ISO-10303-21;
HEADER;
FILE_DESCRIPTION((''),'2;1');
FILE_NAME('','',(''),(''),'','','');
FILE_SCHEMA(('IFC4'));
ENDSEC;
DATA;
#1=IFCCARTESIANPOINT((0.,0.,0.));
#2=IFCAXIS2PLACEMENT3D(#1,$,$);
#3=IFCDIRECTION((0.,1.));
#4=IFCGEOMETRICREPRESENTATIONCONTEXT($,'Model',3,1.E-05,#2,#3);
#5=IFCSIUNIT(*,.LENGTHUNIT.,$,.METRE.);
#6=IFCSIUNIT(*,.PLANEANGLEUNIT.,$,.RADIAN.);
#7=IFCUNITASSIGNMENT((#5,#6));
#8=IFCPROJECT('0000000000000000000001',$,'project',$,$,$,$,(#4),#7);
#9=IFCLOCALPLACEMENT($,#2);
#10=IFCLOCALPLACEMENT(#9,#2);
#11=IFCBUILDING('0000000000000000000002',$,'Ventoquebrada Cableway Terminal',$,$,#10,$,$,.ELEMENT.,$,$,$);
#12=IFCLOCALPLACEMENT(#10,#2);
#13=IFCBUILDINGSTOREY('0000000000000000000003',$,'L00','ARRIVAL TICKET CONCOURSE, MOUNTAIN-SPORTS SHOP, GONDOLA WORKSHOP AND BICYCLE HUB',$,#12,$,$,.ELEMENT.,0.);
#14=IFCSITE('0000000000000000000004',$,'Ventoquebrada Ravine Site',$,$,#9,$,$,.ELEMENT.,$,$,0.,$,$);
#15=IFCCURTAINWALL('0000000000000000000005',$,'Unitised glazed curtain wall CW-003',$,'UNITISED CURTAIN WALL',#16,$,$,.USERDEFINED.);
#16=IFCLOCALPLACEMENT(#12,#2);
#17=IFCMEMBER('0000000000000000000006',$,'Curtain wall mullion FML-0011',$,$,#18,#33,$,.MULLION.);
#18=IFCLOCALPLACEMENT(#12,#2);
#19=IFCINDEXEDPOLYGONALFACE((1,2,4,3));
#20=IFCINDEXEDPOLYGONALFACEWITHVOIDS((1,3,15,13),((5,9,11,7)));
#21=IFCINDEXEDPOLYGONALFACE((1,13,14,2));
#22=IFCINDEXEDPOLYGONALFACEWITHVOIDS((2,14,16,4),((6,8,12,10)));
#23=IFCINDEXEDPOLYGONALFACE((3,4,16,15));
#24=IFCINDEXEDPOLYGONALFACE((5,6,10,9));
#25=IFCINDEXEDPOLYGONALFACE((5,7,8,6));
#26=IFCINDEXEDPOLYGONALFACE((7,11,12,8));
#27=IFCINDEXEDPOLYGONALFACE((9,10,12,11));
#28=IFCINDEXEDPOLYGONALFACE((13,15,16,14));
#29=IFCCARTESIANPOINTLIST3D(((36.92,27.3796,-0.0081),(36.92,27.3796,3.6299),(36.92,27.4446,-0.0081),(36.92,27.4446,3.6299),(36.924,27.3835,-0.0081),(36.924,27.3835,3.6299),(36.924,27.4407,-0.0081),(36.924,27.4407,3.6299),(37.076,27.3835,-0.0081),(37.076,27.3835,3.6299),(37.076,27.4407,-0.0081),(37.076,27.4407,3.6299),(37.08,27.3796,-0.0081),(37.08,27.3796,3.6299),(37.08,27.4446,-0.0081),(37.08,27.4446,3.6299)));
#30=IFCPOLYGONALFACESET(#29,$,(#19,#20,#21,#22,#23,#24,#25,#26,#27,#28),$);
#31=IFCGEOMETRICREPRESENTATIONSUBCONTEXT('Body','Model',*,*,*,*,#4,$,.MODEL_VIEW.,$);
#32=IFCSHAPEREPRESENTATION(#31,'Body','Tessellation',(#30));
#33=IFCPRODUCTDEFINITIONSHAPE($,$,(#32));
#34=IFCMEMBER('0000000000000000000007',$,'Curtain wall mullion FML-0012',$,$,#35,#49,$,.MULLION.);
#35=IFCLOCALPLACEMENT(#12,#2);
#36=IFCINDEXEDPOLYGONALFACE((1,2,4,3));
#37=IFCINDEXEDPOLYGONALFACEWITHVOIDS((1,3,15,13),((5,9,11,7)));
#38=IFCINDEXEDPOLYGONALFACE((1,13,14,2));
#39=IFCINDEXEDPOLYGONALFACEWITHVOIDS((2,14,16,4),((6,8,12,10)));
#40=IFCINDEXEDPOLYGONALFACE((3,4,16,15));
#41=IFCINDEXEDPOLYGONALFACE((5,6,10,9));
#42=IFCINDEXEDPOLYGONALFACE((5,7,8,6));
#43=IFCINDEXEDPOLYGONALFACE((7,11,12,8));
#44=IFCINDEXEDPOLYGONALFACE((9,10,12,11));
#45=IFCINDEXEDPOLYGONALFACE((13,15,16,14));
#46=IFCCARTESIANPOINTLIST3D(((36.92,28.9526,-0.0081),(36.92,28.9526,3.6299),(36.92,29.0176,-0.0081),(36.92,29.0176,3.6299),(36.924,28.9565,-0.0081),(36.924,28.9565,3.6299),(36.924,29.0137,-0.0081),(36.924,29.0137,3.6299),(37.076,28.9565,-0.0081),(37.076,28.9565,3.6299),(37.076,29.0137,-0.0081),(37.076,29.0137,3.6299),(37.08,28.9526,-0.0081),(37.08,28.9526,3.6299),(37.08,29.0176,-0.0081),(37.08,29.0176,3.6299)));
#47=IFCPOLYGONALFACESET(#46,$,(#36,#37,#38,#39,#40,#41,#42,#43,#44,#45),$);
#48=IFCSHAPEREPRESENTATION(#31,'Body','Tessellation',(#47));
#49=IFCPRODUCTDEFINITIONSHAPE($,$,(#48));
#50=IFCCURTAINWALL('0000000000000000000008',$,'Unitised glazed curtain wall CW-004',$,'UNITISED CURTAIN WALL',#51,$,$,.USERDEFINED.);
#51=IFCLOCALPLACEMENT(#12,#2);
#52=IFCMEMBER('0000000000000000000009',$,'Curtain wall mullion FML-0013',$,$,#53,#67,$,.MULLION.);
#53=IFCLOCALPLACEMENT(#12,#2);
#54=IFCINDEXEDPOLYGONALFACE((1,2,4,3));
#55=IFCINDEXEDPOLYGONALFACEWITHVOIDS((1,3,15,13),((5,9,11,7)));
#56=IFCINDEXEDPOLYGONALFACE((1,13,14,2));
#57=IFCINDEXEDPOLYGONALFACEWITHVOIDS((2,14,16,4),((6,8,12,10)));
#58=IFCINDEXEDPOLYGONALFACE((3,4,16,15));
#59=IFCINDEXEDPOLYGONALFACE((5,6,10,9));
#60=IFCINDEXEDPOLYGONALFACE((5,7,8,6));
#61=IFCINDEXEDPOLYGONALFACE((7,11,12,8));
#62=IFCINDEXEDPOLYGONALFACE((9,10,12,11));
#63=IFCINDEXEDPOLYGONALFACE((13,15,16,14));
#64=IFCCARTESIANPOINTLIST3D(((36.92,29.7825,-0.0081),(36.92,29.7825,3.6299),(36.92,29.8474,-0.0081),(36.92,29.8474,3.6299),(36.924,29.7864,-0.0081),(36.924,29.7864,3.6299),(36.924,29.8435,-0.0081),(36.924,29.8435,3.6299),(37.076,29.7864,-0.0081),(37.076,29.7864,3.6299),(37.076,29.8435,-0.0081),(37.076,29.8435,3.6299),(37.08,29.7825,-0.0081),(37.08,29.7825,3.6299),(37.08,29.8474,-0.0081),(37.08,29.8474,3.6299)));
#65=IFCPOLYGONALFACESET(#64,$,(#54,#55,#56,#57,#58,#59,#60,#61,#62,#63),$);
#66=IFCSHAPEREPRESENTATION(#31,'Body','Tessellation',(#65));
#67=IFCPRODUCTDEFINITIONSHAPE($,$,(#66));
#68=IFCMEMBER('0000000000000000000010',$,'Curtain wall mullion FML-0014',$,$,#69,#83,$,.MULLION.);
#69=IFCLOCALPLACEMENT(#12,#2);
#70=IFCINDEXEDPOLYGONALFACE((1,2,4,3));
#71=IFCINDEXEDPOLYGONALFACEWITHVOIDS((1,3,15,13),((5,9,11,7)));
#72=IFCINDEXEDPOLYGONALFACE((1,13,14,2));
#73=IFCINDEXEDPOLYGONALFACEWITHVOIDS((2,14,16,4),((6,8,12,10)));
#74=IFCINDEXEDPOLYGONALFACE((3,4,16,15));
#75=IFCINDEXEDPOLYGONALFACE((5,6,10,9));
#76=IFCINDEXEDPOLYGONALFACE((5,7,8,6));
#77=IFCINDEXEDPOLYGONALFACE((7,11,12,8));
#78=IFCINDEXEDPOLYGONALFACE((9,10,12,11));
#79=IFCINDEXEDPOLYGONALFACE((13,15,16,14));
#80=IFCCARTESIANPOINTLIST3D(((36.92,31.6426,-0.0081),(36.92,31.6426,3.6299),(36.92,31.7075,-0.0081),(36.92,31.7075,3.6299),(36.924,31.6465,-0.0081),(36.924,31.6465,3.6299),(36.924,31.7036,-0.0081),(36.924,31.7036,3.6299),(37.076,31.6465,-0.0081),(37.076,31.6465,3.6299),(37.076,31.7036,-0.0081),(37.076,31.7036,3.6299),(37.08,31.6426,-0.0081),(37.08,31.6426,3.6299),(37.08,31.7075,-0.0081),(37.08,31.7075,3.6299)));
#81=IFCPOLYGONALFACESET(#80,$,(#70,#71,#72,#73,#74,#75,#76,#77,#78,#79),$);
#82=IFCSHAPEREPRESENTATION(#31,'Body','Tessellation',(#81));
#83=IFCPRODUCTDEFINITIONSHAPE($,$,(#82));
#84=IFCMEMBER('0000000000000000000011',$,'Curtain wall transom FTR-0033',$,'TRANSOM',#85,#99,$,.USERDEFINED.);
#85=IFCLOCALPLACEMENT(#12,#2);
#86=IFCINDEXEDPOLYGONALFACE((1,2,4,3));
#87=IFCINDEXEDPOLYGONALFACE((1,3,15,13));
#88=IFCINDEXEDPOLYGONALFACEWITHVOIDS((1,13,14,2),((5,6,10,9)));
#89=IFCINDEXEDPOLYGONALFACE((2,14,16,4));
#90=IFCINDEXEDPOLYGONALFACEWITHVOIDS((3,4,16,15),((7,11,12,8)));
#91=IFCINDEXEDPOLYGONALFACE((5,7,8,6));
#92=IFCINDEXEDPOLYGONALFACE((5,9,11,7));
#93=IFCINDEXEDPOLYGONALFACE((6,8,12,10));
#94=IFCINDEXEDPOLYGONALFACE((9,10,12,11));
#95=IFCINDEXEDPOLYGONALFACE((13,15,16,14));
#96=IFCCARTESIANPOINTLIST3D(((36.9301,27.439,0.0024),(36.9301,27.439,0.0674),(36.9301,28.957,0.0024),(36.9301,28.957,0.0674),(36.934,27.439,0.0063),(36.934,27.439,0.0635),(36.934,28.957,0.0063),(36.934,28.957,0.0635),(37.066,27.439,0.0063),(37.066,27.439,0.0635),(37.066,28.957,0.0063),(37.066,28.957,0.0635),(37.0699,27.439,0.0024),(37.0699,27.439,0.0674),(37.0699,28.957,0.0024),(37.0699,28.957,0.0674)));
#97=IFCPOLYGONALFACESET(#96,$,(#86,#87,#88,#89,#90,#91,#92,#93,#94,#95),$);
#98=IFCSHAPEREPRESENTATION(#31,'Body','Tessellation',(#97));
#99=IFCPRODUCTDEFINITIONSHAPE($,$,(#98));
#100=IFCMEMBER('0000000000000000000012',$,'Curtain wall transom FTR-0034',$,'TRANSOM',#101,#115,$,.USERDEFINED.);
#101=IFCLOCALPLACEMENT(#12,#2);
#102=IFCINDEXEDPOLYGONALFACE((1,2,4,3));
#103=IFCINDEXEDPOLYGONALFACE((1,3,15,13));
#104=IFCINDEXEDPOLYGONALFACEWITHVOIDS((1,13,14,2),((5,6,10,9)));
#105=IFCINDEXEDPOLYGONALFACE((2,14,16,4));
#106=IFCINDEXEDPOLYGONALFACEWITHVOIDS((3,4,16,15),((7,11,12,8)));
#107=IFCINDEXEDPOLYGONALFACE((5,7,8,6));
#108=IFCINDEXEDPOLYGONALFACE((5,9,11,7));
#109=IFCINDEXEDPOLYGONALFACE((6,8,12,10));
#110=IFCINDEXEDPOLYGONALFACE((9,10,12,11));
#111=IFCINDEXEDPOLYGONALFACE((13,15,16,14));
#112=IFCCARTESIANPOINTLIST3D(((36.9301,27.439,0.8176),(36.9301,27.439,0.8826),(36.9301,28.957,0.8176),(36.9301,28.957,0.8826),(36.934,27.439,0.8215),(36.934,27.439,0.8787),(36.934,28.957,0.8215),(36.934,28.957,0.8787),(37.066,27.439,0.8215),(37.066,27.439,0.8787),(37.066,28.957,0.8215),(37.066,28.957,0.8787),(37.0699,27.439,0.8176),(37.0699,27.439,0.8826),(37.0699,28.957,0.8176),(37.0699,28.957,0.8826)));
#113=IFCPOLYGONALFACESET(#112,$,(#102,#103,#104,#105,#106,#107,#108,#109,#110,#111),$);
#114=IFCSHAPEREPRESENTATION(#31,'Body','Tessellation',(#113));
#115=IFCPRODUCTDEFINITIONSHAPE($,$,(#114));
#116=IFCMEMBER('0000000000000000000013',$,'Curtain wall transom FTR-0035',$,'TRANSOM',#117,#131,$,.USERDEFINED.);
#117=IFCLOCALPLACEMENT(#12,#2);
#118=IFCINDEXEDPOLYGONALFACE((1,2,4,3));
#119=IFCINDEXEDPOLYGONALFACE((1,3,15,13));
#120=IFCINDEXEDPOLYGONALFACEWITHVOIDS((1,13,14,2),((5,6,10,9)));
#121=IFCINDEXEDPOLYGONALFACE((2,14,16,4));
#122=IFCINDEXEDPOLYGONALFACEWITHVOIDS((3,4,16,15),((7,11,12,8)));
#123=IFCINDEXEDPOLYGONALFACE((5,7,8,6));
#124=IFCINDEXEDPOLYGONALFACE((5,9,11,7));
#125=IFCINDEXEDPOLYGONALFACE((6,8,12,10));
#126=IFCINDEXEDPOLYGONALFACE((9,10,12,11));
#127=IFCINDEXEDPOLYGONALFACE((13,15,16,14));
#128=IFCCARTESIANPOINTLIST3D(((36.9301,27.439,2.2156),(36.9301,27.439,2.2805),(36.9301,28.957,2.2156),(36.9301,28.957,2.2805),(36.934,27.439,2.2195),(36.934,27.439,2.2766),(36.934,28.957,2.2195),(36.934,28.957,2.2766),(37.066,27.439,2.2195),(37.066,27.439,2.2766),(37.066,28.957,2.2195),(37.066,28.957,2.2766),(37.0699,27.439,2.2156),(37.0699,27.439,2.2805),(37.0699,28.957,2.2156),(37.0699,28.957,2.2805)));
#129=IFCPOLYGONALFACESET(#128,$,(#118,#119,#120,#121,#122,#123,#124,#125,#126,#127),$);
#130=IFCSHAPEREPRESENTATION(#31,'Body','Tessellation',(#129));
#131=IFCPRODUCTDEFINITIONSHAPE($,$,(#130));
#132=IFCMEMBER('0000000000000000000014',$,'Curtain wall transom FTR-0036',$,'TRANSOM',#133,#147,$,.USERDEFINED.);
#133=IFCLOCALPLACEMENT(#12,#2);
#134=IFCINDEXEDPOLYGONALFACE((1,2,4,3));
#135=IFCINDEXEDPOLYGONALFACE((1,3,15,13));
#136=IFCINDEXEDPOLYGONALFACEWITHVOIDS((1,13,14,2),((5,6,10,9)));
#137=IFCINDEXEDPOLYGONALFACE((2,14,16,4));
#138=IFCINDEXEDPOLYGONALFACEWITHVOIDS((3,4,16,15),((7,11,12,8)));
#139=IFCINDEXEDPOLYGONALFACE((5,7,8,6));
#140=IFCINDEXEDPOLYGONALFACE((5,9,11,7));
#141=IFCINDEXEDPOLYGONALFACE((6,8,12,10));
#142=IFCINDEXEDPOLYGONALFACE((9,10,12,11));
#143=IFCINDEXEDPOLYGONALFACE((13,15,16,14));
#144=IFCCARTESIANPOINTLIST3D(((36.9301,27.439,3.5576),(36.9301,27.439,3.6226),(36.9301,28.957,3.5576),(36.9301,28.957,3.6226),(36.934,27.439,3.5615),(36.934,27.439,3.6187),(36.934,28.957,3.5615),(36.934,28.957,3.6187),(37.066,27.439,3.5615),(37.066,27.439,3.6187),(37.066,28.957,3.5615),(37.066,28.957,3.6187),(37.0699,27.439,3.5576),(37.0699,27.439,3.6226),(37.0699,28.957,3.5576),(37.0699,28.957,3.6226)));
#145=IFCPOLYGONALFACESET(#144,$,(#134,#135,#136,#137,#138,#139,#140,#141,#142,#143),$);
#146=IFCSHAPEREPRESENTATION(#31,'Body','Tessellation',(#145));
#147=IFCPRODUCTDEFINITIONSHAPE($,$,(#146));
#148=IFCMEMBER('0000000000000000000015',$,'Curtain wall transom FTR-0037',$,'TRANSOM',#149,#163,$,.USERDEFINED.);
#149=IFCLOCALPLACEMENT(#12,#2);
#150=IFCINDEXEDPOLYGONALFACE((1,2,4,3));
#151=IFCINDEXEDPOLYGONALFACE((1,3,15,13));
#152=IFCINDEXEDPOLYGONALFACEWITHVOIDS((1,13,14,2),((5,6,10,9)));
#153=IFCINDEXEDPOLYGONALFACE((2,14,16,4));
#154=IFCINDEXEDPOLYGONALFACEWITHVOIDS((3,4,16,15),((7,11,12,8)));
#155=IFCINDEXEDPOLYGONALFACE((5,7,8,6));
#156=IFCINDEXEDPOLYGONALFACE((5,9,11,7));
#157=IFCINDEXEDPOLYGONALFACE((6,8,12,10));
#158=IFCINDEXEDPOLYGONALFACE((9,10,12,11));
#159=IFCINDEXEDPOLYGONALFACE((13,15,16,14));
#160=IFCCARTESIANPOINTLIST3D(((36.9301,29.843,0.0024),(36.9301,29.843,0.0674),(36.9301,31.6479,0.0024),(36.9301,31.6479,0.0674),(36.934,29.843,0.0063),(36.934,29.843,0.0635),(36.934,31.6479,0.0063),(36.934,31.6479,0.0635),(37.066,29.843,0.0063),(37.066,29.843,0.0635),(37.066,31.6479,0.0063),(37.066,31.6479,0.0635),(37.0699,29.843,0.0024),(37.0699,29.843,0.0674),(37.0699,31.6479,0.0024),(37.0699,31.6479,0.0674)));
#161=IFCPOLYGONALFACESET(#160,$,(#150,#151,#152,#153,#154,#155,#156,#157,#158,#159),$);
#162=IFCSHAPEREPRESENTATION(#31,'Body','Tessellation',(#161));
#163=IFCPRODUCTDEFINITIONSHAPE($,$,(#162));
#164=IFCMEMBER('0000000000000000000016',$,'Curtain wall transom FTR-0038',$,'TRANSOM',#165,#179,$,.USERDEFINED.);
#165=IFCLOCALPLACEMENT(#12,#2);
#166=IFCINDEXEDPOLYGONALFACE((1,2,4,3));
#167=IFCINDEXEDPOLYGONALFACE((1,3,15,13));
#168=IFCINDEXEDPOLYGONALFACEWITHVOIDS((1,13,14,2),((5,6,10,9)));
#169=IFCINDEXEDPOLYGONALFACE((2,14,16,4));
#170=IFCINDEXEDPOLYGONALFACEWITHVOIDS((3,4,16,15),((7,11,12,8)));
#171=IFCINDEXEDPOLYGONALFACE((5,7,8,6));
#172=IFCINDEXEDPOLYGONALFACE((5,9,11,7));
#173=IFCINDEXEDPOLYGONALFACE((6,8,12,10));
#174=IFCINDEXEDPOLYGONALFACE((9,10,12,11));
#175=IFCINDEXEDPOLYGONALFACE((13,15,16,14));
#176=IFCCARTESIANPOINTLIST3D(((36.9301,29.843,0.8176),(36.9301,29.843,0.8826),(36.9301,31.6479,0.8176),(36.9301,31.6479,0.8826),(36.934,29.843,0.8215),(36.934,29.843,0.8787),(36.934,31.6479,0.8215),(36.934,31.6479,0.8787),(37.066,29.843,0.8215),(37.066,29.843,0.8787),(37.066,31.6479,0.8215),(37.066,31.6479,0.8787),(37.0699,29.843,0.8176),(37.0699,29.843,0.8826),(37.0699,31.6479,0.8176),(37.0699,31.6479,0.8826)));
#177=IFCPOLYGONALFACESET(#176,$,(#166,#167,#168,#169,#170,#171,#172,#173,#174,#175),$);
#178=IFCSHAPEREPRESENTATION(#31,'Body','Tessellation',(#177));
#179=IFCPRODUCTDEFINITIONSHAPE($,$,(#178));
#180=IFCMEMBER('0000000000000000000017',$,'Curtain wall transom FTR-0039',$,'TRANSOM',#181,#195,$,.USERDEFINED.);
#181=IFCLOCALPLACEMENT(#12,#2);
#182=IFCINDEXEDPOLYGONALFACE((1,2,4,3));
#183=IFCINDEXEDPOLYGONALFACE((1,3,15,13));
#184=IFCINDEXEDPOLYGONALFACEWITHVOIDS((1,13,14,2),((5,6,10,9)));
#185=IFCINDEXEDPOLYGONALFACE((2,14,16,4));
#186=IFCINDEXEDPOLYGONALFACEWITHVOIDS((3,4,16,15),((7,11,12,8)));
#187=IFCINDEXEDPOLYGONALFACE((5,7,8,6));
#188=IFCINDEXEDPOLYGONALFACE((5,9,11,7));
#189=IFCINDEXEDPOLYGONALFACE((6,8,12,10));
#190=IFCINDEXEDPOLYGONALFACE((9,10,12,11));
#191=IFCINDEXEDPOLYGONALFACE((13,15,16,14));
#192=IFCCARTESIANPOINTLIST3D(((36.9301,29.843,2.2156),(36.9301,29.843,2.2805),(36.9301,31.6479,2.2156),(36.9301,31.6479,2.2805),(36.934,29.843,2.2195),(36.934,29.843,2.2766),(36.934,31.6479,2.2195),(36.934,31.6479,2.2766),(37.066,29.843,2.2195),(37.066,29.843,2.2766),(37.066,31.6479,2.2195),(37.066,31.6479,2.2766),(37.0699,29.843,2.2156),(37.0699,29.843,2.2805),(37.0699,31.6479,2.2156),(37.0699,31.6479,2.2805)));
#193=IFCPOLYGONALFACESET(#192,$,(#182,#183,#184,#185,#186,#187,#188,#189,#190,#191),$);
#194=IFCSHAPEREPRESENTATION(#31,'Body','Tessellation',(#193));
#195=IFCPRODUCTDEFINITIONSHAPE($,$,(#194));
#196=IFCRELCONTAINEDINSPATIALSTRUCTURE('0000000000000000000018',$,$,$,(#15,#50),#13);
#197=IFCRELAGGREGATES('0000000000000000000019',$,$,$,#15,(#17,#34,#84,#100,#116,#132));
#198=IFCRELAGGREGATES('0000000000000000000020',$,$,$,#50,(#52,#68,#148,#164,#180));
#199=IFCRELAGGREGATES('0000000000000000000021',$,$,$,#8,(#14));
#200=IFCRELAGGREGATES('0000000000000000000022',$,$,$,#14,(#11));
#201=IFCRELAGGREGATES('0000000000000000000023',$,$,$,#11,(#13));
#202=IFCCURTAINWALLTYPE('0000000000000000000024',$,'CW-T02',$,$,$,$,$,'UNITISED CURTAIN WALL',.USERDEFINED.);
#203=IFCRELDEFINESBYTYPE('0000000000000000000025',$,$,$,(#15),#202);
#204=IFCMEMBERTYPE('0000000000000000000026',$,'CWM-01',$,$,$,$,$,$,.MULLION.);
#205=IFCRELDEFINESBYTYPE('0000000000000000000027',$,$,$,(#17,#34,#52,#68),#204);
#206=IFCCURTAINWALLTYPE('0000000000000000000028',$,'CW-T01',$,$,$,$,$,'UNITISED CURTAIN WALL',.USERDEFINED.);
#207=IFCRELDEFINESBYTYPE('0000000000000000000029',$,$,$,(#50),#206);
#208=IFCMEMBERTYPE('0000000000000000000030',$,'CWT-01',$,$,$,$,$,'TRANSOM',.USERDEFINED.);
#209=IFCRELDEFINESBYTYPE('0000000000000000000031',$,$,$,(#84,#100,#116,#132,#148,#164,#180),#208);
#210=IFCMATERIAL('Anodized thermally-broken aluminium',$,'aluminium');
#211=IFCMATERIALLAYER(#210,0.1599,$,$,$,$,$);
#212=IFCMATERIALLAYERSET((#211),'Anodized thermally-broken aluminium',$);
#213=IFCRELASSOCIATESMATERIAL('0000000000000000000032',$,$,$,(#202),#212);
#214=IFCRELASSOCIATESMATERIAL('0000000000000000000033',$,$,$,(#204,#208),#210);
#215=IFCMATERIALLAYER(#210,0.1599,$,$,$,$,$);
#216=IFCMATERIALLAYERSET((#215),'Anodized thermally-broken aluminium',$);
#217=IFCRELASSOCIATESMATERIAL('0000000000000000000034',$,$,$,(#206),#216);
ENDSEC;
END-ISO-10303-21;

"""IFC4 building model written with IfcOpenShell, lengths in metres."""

from ifc_helpers import new_model, si_unit, direction, frame, origin, origin_2d, place, context, subcontext, project, spatial, hollow_rectangle, extrude, material, layer, layer_set, material_profile, profile_set, type_object, element, aggregate, save


model = new_model("IFC4")

# Units and contexts
model_context = context("Model", 3, precision=1e-05, world=origin(), true_north=direction((0.0, 1.0)))
body_context = subcontext(model_context, "Body", "Model", "MODEL_VIEW")
ifc_project = project(units=[si_unit("LENGTHUNIT", "METRE"), si_unit("PLANEANGLEUNIT", "RADIAN")], contexts=[model_context])

# Site, building, storey
site_placement = place(None, origin())
site = spatial("IfcSite", under=ifc_project, at=site_placement, Name="Ventoquebrada Ravine Site", CompositionType="ELEMENT", RefElevation=0.0)
building_placement = place(site_placement, origin())
building = spatial("IfcBuilding", under=site, at=building_placement, Name="Ventoquebrada Cableway Terminal", CompositionType="ELEMENT")
storey_placement = place(building_placement, origin())
storey = spatial("IfcBuildingStorey", under=building, at=storey_placement, Name="L00", Description="ARRIVAL TICKET CONCOURSE, MOUNTAIN-SPORTS SHOP, GONDOLA WORKSHOP AND BICYCLE HUB", CompositionType="ELEMENT", Elevation=0.0)

# Curtain walls, members
ifc_material_1 = material(Name="Anodized thermally-broken aluminium", Category="aluminium")
ifc_layer_1 = layer(ifc_material_1, 0.1599)
ifc_layer_set_1 = layer_set([ifc_layer_1], Name="Anodized thermally-broken aluminium")
curtain_wall_type_1 = type_object("IfcCurtainWallType", Name="CW-T02", ElementType="UNITISED CURTAIN WALL", PredefinedType="USERDEFINED", material=ifc_layer_set_1)
curtain_wall_1_placement = place(storey_placement, origin())
curtain_wall_1 = element("IfcCurtainWall", 1, at=curtain_wall_1_placement, inside=storey, type_object=curtain_wall_type_1, Name="Unitised glazed curtain wall CW-003", ObjectType="UNITISED CURTAIN WALL", PredefinedType="USERDEFINED")
ifc_material_profile_1 = material_profile(ifc_material_1, hollow_rectangle(XDim=0.0649, YDim=0.1599, WallThickness=0.0039, at=origin_2d()), Name="CW-MUL-65X160")
ifc_profile_set_1 = profile_set([ifc_material_profile_1], Name="Anodized thermally-broken aluminium")
member_type_1 = type_object("IfcMemberType", Name="CWM-01", PredefinedType="MULLION", material=ifc_profile_set_1)
member_1_placement = place(storey_placement, frame((37.0, 27.4121, -0.0081), z_axis=(0.0, 0.0, 1.0), x_axis=(0.0, 1.0, 0.0)))
member_1 = element("IfcMember", 2, at=member_1_placement, type_object=member_type_1, Name="Curtain wall mullion FML-0011", PredefinedType="MULLION", context=body_context, shape_type="SweptSolid", body=[
    extrude(hollow_rectangle(XDim=0.0649, YDim=0.1599, WallThickness=0.0039, at=origin_2d()), origin(), (0.0, 0.0, 1.0), 3.6379),
])
member_2_placement = place(storey_placement, frame((37.0, 28.9851, -0.0081), z_axis=(0.0, 0.0, 1.0), x_axis=(0.0, 1.0, 0.0)))
member_2 = element("IfcMember", 3, at=member_2_placement, type_object=member_type_1, Name="Curtain wall mullion FML-0012", PredefinedType="MULLION", context=body_context, shape_type="SweptSolid", body=[
    extrude(hollow_rectangle(XDim=0.0649, YDim=0.1599, WallThickness=0.0039, at=origin_2d()), origin(), (0.0, 0.0, 1.0), 3.6379),
])
ifc_layer_2 = layer(ifc_material_1, 0.1599)
ifc_layer_set_2 = layer_set([ifc_layer_2], Name="Anodized thermally-broken aluminium")
curtain_wall_type_2 = type_object("IfcCurtainWallType", Name="CW-T01", ElementType="UNITISED CURTAIN WALL", PredefinedType="USERDEFINED", material=ifc_layer_set_2)
curtain_wall_2_placement = place(storey_placement, origin())
curtain_wall_2 = element("IfcCurtainWall", 4, at=curtain_wall_2_placement, inside=storey, type_object=curtain_wall_type_2, Name="Unitised glazed curtain wall CW-004", ObjectType="UNITISED CURTAIN WALL", PredefinedType="USERDEFINED")
member_3_placement = place(storey_placement, frame((37.0, 29.8149, -0.0081), z_axis=(0.0, 0.0, 1.0), x_axis=(0.0, 1.0, 0.0)))
member_3 = element("IfcMember", 5, at=member_3_placement, type_object=member_type_1, Name="Curtain wall mullion FML-0013", PredefinedType="MULLION", context=body_context, shape_type="SweptSolid", body=[
    extrude(hollow_rectangle(XDim=0.0649, YDim=0.1599, WallThickness=0.0039, at=origin_2d()), origin(), (0.0, 0.0, 1.0), 3.6379),
])
member_4_placement = place(storey_placement, frame((37.0, 31.675, -0.0081), z_axis=(0.0, 0.0, 1.0), x_axis=(0.0, 1.0, 0.0)))
member_4 = element("IfcMember", 6, at=member_4_placement, type_object=member_type_1, Name="Curtain wall mullion FML-0014", PredefinedType="MULLION", context=body_context, shape_type="SweptSolid", body=[
    extrude(hollow_rectangle(XDim=0.0649, YDim=0.1599, WallThickness=0.0039, at=origin_2d()), origin(), (0.0, 0.0, 1.0), 3.6379),
])

# Members
ifc_material_profile_2 = material_profile(ifc_material_1, hollow_rectangle(XDim=0.0649, YDim=0.1399, WallThickness=0.0039, at=origin_2d()), Name="CW-TRN-65X140")
ifc_profile_set_2 = profile_set([ifc_material_profile_2], Name="Anodized thermally-broken aluminium")
member_type_2 = type_object("IfcMemberType", Name="CWT-01", ElementType="TRANSOM", PredefinedType="USERDEFINED", material=ifc_profile_set_2)
member_5_placement = place(storey_placement, frame((37.0, 27.439, 0.0349), z_axis=(0.0, 1.0, 0.0), x_axis=(0.0, 0.0, 1.0)))
member_5 = element("IfcMember", 7, at=member_5_placement, type_object=member_type_2, Name="Curtain wall transom FTR-0033", ObjectType="TRANSOM", PredefinedType="USERDEFINED", context=body_context, shape_type="SweptSolid", body=[
    extrude(hollow_rectangle(XDim=0.0649, YDim=0.1399, WallThickness=0.0039, at=origin_2d()), origin(), (0.0, 0.0, 1.0), 1.5181),
])
member_6_placement = place(storey_placement, frame((37.0, 27.439, 0.8501), z_axis=(0.0, 1.0, 0.0), x_axis=(0.0, 0.0, 1.0)))
member_6 = element("IfcMember", 8, at=member_6_placement, type_object=member_type_2, Name="Curtain wall transom FTR-0034", ObjectType="TRANSOM", PredefinedType="USERDEFINED", context=body_context, shape_type="SweptSolid", body=[
    extrude(hollow_rectangle(XDim=0.0649, YDim=0.1399, WallThickness=0.0039, at=origin_2d()), origin(), (0.0, 0.0, 1.0), 1.5181),
])
member_7_placement = place(storey_placement, frame((37.0, 27.439, 2.248), z_axis=(0.0, 1.0, 0.0), x_axis=(0.0, 0.0, 1.0)))
member_7 = element("IfcMember", 9, at=member_7_placement, type_object=member_type_2, Name="Curtain wall transom FTR-0035", ObjectType="TRANSOM", PredefinedType="USERDEFINED", context=body_context, shape_type="SweptSolid", body=[
    extrude(hollow_rectangle(XDim=0.0649, YDim=0.1399, WallThickness=0.0039, at=origin_2d()), origin(), (0.0, 0.0, 1.0), 1.5181),
])
member_8_placement = place(storey_placement, frame((37.0, 27.439, 3.5901), z_axis=(0.0, 1.0, 0.0), x_axis=(0.0, 0.0, 1.0)))
member_8 = element("IfcMember", 10, at=member_8_placement, type_object=member_type_2, Name="Curtain wall transom FTR-0036", ObjectType="TRANSOM", PredefinedType="USERDEFINED", context=body_context, shape_type="SweptSolid", body=[
    extrude(hollow_rectangle(XDim=0.0649, YDim=0.1399, WallThickness=0.0039, at=origin_2d()), origin(), (0.0, 0.0, 1.0), 1.5181),
])
member_9_placement = place(storey_placement, frame((37.0, 29.843, 0.0349), z_axis=(0.0, 1.0, 0.0), x_axis=(0.0, 0.0, 1.0)))
member_9 = element("IfcMember", 11, at=member_9_placement, type_object=member_type_2, Name="Curtain wall transom FTR-0037", ObjectType="TRANSOM", PredefinedType="USERDEFINED", context=body_context, shape_type="SweptSolid", body=[
    extrude(hollow_rectangle(XDim=0.0649, YDim=0.1399, WallThickness=0.0039, at=origin_2d()), origin(), (0.0, 0.0, 1.0), 1.8049),
])
member_10_placement = place(storey_placement, frame((37.0, 29.843, 0.8501), z_axis=(0.0, 1.0, 0.0), x_axis=(0.0, 0.0, 1.0)))
member_10 = element("IfcMember", 12, at=member_10_placement, type_object=member_type_2, Name="Curtain wall transom FTR-0038", ObjectType="TRANSOM", PredefinedType="USERDEFINED", context=body_context, shape_type="SweptSolid", body=[
    extrude(hollow_rectangle(XDim=0.0649, YDim=0.1399, WallThickness=0.0039, at=origin_2d()), origin(), (0.0, 0.0, 1.0), 1.8049),
])
member_11_placement = place(storey_placement, frame((37.0, 29.843, 2.248), z_axis=(0.0, 1.0, 0.0), x_axis=(0.0, 0.0, 1.0)))
member_11 = element("IfcMember", 13, at=member_11_placement, type_object=member_type_2, Name="Curtain wall transom FTR-0039", ObjectType="TRANSOM", PredefinedType="USERDEFINED", context=body_context, shape_type="SweptSolid", body=[
    extrude(hollow_rectangle(XDim=0.0649, YDim=0.1399, WallThickness=0.0039, at=origin_2d()), origin(), (0.0, 0.0, 1.0), 1.8049),
])

aggregate(curtain_wall_1, [member_1, member_2, member_5, member_6, member_7, member_8])
aggregate(curtain_wall_2, [member_3, member_4, member_9, member_10, member_11])

save(model, "model.ifc")
